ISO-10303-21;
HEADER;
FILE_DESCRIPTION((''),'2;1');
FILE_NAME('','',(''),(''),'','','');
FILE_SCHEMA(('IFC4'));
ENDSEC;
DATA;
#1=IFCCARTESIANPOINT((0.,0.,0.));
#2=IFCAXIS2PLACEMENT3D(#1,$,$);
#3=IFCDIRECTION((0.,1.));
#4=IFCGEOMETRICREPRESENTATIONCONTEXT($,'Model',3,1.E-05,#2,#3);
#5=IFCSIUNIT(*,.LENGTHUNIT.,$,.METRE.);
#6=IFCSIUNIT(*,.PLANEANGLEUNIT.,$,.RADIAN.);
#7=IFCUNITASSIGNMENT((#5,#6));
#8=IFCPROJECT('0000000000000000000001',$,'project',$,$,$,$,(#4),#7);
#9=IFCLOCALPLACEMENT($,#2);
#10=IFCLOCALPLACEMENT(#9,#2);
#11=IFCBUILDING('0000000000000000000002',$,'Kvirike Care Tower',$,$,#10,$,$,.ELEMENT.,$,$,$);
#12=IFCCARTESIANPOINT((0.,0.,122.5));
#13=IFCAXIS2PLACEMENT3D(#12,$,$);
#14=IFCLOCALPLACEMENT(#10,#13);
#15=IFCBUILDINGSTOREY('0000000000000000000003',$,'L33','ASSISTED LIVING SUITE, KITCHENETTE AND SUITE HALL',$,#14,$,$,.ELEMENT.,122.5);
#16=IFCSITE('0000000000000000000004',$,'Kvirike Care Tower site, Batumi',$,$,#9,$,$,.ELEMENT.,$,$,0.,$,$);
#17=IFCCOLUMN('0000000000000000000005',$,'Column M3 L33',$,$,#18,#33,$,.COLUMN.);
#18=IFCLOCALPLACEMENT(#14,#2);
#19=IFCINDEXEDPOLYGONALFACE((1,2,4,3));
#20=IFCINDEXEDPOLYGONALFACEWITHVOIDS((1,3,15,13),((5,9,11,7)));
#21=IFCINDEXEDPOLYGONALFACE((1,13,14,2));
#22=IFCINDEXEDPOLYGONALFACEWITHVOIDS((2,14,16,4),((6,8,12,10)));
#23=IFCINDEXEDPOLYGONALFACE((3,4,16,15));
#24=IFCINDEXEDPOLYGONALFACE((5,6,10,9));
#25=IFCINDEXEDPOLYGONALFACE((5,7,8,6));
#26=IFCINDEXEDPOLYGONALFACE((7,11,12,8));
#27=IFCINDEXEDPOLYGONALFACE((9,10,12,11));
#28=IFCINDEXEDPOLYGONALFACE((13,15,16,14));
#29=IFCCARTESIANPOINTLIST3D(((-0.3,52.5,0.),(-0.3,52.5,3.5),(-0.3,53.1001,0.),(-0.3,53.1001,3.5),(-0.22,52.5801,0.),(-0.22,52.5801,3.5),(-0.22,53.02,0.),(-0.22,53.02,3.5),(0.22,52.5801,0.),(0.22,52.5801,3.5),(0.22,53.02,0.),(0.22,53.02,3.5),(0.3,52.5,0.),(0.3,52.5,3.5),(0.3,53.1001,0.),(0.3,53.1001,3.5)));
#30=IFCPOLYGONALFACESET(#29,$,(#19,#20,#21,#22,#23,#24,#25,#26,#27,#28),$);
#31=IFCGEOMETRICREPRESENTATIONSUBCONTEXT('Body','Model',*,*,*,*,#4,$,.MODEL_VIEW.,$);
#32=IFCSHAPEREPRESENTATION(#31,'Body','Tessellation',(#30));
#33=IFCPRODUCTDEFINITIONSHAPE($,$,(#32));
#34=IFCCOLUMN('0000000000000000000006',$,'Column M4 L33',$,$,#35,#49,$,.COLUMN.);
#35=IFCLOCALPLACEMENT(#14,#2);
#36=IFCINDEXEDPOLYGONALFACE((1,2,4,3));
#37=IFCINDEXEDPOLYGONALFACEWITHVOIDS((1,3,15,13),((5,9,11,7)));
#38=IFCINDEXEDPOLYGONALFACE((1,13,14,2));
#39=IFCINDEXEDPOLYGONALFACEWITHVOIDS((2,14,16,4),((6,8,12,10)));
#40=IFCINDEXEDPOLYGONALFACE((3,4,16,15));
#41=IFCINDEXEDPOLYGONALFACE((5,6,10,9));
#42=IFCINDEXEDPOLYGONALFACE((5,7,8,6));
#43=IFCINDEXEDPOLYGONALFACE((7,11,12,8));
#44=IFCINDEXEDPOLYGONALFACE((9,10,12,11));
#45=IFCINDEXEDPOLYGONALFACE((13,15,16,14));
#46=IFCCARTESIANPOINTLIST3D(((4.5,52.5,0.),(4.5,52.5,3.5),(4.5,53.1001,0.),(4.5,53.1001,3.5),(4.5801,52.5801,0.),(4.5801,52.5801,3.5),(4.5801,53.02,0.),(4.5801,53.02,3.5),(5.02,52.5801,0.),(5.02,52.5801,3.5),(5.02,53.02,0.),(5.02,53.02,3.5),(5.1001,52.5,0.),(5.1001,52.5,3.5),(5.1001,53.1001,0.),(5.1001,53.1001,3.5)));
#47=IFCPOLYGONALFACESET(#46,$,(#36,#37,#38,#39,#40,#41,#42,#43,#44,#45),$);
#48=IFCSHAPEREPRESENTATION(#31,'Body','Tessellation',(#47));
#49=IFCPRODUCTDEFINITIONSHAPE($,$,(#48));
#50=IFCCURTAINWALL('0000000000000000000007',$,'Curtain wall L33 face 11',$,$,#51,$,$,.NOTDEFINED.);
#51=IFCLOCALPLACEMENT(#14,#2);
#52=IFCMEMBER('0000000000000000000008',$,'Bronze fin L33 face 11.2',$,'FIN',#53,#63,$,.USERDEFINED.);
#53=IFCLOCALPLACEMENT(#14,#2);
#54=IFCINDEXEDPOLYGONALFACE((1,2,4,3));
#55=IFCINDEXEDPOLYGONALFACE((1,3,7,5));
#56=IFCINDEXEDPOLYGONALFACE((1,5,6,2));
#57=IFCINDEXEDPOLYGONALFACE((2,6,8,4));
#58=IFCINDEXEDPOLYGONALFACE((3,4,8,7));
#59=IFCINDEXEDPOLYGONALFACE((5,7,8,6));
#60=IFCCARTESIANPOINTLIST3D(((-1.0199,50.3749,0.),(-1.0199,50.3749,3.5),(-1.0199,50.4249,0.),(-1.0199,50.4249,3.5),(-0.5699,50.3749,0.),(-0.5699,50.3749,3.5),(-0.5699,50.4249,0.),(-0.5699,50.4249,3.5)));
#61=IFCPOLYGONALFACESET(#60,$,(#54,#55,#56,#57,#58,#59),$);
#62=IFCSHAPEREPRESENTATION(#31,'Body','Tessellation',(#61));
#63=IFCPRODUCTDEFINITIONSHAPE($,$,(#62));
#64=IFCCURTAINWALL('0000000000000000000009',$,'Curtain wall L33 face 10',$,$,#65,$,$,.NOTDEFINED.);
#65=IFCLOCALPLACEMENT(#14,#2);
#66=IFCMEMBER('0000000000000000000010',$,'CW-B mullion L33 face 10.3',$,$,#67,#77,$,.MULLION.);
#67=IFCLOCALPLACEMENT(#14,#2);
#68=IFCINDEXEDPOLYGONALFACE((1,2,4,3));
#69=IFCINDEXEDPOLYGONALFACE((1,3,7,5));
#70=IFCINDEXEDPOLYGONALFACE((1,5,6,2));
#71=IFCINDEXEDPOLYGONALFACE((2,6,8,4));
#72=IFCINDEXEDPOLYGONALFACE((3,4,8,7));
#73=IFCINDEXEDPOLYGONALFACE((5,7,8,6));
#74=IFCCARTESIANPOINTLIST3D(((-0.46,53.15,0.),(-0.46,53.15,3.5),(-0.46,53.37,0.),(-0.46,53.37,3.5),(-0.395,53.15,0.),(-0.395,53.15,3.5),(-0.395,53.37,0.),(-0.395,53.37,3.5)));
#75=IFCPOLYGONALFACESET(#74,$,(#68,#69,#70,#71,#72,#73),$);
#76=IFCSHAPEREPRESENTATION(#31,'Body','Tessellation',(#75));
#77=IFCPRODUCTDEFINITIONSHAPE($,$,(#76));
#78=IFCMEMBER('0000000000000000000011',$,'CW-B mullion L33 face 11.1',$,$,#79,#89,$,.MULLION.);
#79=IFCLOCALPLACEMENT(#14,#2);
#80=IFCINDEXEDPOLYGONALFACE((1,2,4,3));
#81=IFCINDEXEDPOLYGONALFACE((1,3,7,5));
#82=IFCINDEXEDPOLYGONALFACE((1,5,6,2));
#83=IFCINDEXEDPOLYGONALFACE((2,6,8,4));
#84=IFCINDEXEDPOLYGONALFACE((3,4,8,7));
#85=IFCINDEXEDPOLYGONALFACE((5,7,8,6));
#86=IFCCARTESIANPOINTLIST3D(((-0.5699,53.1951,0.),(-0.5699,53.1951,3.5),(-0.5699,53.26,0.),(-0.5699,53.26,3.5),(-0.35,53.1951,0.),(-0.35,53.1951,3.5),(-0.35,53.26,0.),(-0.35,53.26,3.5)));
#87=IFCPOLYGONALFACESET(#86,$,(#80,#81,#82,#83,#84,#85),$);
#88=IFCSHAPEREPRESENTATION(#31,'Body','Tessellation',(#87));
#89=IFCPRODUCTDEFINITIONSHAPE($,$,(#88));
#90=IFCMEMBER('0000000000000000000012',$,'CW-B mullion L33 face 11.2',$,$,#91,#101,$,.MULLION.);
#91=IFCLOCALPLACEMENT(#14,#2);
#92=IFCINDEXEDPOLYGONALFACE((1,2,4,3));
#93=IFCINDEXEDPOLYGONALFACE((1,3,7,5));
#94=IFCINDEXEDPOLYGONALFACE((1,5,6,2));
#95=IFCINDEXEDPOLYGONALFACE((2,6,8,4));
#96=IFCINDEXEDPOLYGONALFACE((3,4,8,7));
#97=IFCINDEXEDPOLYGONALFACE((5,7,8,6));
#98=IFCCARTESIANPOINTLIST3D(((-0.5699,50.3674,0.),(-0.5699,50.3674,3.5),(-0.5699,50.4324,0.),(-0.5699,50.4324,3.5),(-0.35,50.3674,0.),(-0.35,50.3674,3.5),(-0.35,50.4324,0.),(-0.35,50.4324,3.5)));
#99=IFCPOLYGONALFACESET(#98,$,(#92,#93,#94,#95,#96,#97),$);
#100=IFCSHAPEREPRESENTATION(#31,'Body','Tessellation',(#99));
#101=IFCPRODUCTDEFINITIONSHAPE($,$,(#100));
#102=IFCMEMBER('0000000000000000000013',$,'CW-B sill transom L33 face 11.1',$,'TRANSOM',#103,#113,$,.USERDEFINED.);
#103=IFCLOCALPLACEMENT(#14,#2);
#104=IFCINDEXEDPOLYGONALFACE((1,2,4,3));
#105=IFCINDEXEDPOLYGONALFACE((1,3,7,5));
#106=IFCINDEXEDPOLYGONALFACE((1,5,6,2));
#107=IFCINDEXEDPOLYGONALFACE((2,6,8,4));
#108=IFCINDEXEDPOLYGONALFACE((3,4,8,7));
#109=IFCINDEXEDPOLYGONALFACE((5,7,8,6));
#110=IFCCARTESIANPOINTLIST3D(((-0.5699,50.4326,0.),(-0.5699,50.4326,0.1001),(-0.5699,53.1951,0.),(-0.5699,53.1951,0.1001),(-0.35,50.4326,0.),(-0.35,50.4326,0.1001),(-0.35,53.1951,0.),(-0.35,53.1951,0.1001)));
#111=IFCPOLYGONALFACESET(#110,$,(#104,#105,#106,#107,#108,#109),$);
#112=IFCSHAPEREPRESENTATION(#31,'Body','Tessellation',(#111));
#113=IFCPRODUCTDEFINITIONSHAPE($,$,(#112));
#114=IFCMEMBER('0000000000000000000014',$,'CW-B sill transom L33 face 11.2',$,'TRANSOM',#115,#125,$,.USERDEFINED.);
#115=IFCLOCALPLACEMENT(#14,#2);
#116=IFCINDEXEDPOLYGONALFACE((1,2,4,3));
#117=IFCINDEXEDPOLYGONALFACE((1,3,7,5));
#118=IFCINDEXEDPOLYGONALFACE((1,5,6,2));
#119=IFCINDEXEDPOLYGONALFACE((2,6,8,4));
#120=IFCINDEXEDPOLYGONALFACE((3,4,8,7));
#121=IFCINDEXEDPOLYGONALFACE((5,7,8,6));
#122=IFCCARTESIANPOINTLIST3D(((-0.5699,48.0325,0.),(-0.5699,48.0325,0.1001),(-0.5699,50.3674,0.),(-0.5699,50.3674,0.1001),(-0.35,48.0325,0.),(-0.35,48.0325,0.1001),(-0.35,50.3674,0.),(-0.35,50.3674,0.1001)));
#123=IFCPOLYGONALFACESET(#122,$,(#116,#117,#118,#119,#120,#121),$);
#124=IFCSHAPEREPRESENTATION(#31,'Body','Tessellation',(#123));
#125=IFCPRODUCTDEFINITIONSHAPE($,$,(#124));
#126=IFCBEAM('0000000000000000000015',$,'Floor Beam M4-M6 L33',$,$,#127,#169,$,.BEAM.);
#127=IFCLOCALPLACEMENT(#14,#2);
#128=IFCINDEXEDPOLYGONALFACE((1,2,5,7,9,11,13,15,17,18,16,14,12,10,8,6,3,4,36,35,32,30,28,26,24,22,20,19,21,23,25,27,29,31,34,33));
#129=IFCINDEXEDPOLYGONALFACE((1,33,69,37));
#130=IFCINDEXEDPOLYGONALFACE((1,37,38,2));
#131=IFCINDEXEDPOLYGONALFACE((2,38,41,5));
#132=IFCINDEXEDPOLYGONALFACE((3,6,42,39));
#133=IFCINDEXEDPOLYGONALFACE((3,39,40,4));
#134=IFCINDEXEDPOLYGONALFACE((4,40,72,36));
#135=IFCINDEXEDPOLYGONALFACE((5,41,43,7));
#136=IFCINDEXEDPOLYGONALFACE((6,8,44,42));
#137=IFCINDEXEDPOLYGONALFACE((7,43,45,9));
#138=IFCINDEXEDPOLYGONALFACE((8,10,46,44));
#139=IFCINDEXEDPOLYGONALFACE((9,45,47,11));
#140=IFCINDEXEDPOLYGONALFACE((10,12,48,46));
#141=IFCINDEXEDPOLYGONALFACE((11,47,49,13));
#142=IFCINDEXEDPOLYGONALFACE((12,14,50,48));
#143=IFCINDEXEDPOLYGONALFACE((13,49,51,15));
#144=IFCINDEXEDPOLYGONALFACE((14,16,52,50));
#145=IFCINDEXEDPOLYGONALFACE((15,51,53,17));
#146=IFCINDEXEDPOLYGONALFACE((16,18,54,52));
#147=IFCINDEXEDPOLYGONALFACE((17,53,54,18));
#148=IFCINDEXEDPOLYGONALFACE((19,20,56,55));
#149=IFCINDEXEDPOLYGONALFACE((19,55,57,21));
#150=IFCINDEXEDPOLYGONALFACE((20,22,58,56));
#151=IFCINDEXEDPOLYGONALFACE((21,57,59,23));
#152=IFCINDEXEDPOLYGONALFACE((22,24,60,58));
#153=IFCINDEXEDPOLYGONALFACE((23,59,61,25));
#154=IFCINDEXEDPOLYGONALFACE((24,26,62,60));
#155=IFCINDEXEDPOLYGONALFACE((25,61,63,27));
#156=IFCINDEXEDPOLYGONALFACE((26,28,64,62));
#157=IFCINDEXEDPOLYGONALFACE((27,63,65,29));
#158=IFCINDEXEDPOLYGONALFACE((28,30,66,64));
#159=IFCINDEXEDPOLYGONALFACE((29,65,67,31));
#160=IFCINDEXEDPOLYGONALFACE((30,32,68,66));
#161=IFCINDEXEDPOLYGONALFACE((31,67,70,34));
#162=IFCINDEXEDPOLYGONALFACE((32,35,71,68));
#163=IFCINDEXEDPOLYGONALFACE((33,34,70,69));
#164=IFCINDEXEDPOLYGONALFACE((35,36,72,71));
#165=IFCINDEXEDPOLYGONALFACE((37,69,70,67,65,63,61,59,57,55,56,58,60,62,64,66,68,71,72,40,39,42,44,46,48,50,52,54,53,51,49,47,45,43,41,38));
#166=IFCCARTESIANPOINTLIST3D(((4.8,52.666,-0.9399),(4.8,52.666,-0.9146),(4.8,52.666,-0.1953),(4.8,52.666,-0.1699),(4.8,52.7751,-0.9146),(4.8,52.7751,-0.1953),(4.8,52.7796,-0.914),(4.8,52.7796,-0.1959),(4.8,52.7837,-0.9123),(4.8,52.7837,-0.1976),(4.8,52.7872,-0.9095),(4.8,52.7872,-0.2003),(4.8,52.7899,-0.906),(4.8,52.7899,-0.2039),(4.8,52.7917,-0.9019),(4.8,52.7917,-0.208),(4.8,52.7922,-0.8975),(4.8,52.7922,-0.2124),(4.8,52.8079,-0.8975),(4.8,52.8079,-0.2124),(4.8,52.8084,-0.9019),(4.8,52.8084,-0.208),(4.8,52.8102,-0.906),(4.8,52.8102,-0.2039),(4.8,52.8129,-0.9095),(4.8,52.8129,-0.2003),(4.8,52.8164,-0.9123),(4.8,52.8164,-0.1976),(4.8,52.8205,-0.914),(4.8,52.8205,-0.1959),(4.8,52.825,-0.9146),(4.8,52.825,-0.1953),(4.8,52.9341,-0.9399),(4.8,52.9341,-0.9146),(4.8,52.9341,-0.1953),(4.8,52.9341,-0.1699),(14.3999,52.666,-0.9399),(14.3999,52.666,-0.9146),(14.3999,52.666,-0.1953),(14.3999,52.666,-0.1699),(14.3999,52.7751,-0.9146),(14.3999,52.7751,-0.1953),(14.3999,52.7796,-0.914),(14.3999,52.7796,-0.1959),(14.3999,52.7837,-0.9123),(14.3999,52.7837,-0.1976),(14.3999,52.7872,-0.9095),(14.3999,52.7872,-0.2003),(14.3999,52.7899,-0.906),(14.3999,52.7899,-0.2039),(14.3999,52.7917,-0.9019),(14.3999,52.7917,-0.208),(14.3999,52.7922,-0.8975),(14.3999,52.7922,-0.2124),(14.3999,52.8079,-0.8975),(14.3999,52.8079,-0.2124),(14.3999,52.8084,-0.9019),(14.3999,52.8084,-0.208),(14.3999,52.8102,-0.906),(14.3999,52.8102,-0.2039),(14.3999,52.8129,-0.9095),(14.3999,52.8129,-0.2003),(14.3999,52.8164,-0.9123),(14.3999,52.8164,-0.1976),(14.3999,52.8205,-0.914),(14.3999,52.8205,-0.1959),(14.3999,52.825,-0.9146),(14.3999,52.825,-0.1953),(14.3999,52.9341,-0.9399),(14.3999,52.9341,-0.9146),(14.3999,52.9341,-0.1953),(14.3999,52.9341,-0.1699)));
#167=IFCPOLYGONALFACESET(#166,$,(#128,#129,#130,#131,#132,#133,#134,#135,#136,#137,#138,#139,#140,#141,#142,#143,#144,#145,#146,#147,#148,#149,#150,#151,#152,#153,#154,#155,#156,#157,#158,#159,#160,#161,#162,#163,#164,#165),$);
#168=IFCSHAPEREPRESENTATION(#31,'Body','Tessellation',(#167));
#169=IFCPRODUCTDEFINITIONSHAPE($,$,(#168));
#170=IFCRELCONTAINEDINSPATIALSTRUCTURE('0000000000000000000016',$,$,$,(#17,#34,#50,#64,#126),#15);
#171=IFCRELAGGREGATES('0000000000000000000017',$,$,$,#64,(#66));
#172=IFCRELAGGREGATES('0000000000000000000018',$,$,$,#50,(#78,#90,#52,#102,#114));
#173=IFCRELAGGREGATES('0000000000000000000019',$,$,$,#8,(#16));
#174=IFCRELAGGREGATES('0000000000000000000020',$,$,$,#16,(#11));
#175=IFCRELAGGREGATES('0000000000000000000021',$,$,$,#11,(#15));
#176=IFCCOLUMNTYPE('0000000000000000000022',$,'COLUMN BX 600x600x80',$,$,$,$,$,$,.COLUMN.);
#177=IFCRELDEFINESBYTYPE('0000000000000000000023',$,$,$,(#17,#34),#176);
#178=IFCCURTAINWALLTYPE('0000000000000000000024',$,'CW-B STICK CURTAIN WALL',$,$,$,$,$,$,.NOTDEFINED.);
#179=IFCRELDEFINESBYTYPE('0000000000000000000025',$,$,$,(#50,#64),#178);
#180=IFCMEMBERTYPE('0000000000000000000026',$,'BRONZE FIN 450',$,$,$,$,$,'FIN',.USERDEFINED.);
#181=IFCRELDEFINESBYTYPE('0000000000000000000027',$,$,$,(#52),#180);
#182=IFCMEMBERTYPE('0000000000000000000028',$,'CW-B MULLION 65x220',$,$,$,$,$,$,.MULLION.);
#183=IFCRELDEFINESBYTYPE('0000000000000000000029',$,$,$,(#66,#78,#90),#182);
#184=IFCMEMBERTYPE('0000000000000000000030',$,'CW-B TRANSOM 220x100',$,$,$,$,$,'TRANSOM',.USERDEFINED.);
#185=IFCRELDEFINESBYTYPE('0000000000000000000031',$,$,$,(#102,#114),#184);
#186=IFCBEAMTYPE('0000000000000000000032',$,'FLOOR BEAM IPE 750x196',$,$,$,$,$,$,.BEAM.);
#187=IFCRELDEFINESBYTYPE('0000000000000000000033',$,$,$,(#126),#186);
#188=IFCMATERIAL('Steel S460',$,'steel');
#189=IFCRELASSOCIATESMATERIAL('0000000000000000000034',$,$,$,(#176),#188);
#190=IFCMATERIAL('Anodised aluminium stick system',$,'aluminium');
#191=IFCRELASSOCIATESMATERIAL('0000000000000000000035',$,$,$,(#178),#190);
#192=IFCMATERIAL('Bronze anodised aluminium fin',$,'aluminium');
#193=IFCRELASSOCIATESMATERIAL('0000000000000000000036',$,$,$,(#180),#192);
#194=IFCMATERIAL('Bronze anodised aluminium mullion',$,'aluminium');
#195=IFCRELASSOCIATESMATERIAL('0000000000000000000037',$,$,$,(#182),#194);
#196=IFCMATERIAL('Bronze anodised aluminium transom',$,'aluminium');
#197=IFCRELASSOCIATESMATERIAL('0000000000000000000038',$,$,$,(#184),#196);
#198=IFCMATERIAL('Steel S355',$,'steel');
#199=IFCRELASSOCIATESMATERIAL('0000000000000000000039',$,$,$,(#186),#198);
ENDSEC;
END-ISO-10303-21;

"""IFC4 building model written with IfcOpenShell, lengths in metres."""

from ifc_helpers import new_model, si_unit, direction, frame, origin, origin_2d, place, context, subcontext, project, spatial, rectangle, hollow_rectangle, i_section, extrude, material, material_profile, profile_set, type_object, element, aggregate, save


model = new_model("IFC4")

# Units and contexts
model_context = context("Model", 3, precision=1e-05, world=origin(), true_north=direction((0.0, 1.0)))
body_context = subcontext(model_context, "Body", "Model", "MODEL_VIEW")
ifc_project = project(units=[si_unit("LENGTHUNIT", "METRE"), si_unit("PLANEANGLEUNIT", "RADIAN")], contexts=[model_context])

# Site, building, storey
site_placement = place(None, origin())
site = spatial("IfcSite", under=ifc_project, at=site_placement, Name="Kvirike Care Tower site, Batumi", CompositionType="ELEMENT", RefElevation=0.0)
building_placement = place(site_placement, origin())
building = spatial("IfcBuilding", under=site, at=building_placement, Name="Kvirike Care Tower", CompositionType="ELEMENT")
storey_placement = place(building_placement, frame((0.0, 0.0, 122.5)))
storey = spatial("IfcBuildingStorey", under=building, at=storey_placement, Name="L33", Description="ASSISTED LIVING SUITE, KITCHENETTE AND SUITE HALL", CompositionType="ELEMENT", Elevation=122.5)

# Columns
ifc_material_1 = material(Name="Steel S460", Category="steel")
ifc_material_profile_1 = material_profile(ifc_material_1, hollow_rectangle(XDim=0.6001, YDim=0.6001, WallThickness=0.0801, at=origin_2d()), Name="BX 600x600x80")
ifc_profile_set_1 = profile_set([ifc_material_profile_1], Name="Steel S460")
column_type = type_object("IfcColumnType", Name="COLUMN BX 600x600x80", PredefinedType="COLUMN", material=ifc_profile_set_1)
for number, where, z_axis, x_axis, name in (
    (1, (0.0, 52.8, 0.0), (0.0, 0.0, 1.0), (0.0, 1.0, 0.0), "Column M3 L33"),
    (2, (4.8, 52.8, 0.0), (0.0, 0.0, 1.0), (0.0, 1.0, 0.0), "Column M4 L33"),
):
    element("IfcColumn", number, at=place(storey_placement, frame(where, z_axis=z_axis, x_axis=x_axis)), inside=storey, type_object=column_type, Name=name, PredefinedType="COLUMN", context=body_context, shape_type="SweptSolid", body=[
        extrude(hollow_rectangle(XDim=0.6001, YDim=0.6001, WallThickness=0.0801, at=origin_2d()), origin(), (0.0, 0.0, 1.0), 3.5),
    ])

# Curtain walls, members
ifc_material_2 = material(Name="Anodised aluminium stick system", Category="aluminium")
curtain_wall_type = type_object("IfcCurtainWallType", Name="CW-B STICK CURTAIN WALL", PredefinedType="NOTDEFINED", material=ifc_material_2)
curtain_wall_1_placement = place(storey_placement, origin())
curtain_wall_1 = element("IfcCurtainWall", 3, at=curtain_wall_1_placement, inside=storey, type_object=curtain_wall_type, Name="Curtain wall L33 face 11", PredefinedType="NOTDEFINED")
ifc_material_3 = material(Name="Bronze anodised aluminium fin", Category="aluminium")
ifc_material_profile_2 = material_profile(ifc_material_3, rectangle(XDim=0.05, YDim=0.45, at=origin_2d()), Name="BRONZE FIN 450")
ifc_profile_set_2 = profile_set([ifc_material_profile_2], Name="Bronze anodised aluminium fin")
member_type_1 = type_object("IfcMemberType", Name="BRONZE FIN 450", ElementType="FIN", PredefinedType="USERDEFINED", material=ifc_profile_set_2)
member_1_placement = place(storey_placement, frame((-0.7949, 50.3999, 0.0), z_axis=(0.0, 0.0, 1.0), x_axis=(0.0, -1.0, 0.0)))
member_1 = element("IfcMember", 4, at=member_1_placement, type_object=member_type_1, Name="Bronze fin L33 face 11.2", ObjectType="FIN", PredefinedType="USERDEFINED", context=body_context, shape_type="SweptSolid", body=[
    extrude(rectangle(XDim=0.05, YDim=0.45, at=origin_2d()), origin(), (0.0, 0.0, 1.0), 3.5),
])
curtain_wall_2_placement = place(storey_placement, origin())
curtain_wall_2 = element("IfcCurtainWall", 5, at=curtain_wall_2_placement, inside=storey, type_object=curtain_wall_type, Name="Curtain wall L33 face 10", PredefinedType="NOTDEFINED")
ifc_material_4 = material(Name="Bronze anodised aluminium mullion", Category="aluminium")
ifc_material_profile_3 = material_profile(ifc_material_4, rectangle(XDim=0.0649, YDim=0.22, at=origin_2d()), Name="CW-B MULLION 65x220")
ifc_profile_set_3 = profile_set([ifc_material_profile_3], Name="Bronze anodised aluminium mullion")
member_type_2 = type_object("IfcMemberType", Name="CW-B MULLION 65x220", PredefinedType="MULLION", material=ifc_profile_set_3)
member_2_placement = place(storey_placement, frame((-0.4275, 53.26, 0.0), z_axis=(0.0, 0.0, 1.0), x_axis=(-1.0, 0.0, 0.0)))
member_2 = element("IfcMember", 6, at=member_2_placement, type_object=member_type_2, Name="CW-B mullion L33 face 10.3", PredefinedType="MULLION", context=body_context, shape_type="SweptSolid", body=[
    extrude(rectangle(XDim=0.0649, YDim=0.22, at=origin_2d()), origin(), (0.0, 0.0, 1.0), 3.5),
])
aggregate(curtain_wall_2, [member_2])

# Members
member_3_placement = place(storey_placement, frame((-0.46, 53.2275, 0.0), z_axis=(0.0, 0.0, 1.0), x_axis=(0.0, -1.0, 0.0)))
member_3 = element("IfcMember", 7, at=member_3_placement, type_object=member_type_2, Name="CW-B mullion L33 face 11.1", PredefinedType="MULLION", context=body_context, shape_type="SweptSolid", body=[
    extrude(rectangle(XDim=0.0649, YDim=0.22, at=origin_2d()), origin(), (0.0, 0.0, 1.0), 3.5),
])
member_4_placement = place(storey_placement, frame((-0.46, 50.3999, 0.0), z_axis=(0.0, 0.0, 1.0), x_axis=(0.0, -1.0, 0.0)))
member_4 = element("IfcMember", 8, at=member_4_placement, type_object=member_type_2, Name="CW-B mullion L33 face 11.2", PredefinedType="MULLION", context=body_context, shape_type="SweptSolid", body=[
    extrude(rectangle(XDim=0.0649, YDim=0.22, at=origin_2d()), origin(), (0.0, 0.0, 1.0), 3.5),
])
ifc_material_5 = material(Name="Bronze anodised aluminium transom", Category="aluminium")
ifc_material_profile_4 = material_profile(ifc_material_5, rectangle(XDim=0.22, YDim=0.1001, at=origin_2d()), Name="CW-B TRANSOM 220x100")
ifc_profile_set_4 = profile_set([ifc_material_profile_4], Name="Bronze anodised aluminium transom")
member_type_3 = type_object("IfcMemberType", Name="CW-B TRANSOM 220x100", ElementType="TRANSOM", PredefinedType="USERDEFINED", material=ifc_profile_set_4)
member_5_placement = place(storey_placement, frame((-0.46, 53.1951, 0.05), z_axis=(0.0, -1.0, 0.0), x_axis=(1.0, 0.0, 0.0)))
member_5 = element("IfcMember", 9, at=member_5_placement, type_object=member_type_3, Name="CW-B sill transom L33 face 11.1", ObjectType="TRANSOM", PredefinedType="USERDEFINED", context=body_context, shape_type="SweptSolid", body=[
    extrude(rectangle(XDim=0.22, YDim=0.1001, at=origin_2d()), origin(), (0.0, 0.0, 1.0), 2.7625),
])
member_6_placement = place(storey_placement, frame((-0.46, 50.3674, 0.05), z_axis=(0.0, -1.0, 0.0), x_axis=(1.0, 0.0, 0.0)))
member_6 = element("IfcMember", 10, at=member_6_placement, type_object=member_type_3, Name="CW-B sill transom L33 face 11.2", ObjectType="TRANSOM", PredefinedType="USERDEFINED", context=body_context, shape_type="SweptSolid", body=[
    extrude(rectangle(XDim=0.22, YDim=0.1001, at=origin_2d()), origin(), (0.0, 0.0, 1.0), 2.335),
])

# Beam
ifc_material_6 = material(Name="Steel S355", Category="steel")
ifc_material_profile_5 = material_profile(ifc_material_6, i_section(OverallWidth=0.2681, OverallDepth=0.77, WebThickness=0.0156, FlangeThickness=0.0254, FilletRadius=0.0171, at=origin_2d()), Name="IPE 750x196")
ifc_profile_set_5 = profile_set([ifc_material_profile_5], Name="Steel S355")
beam_type_1 = type_object("IfcBeamType", Name="FLOOR BEAM IPE 750x196", PredefinedType="BEAM", material=ifc_profile_set_5)
beam_placement = place(storey_placement, frame((4.8, 52.8, -0.5549), z_axis=(1.0, 0.0, 0.0), x_axis=(0.0, 1.0, 0.0)))
element("IfcBeam", 11, at=beam_placement, inside=storey, type_object=beam_type_1, Name="Floor Beam M4-M6 L33", PredefinedType="BEAM", context=body_context, shape_type="SweptSolid", body=[
    extrude(i_section(OverallWidth=0.2681, OverallDepth=0.77, WebThickness=0.0156, FlangeThickness=0.0254, FilletRadius=0.0171, at=origin_2d()), origin(), (0.0, 0.0, 1.0), 9.5999),
])

aggregate(curtain_wall_1, [member_3, member_4, member_1, member_5, member_6])

save(model, "model.ifc")
